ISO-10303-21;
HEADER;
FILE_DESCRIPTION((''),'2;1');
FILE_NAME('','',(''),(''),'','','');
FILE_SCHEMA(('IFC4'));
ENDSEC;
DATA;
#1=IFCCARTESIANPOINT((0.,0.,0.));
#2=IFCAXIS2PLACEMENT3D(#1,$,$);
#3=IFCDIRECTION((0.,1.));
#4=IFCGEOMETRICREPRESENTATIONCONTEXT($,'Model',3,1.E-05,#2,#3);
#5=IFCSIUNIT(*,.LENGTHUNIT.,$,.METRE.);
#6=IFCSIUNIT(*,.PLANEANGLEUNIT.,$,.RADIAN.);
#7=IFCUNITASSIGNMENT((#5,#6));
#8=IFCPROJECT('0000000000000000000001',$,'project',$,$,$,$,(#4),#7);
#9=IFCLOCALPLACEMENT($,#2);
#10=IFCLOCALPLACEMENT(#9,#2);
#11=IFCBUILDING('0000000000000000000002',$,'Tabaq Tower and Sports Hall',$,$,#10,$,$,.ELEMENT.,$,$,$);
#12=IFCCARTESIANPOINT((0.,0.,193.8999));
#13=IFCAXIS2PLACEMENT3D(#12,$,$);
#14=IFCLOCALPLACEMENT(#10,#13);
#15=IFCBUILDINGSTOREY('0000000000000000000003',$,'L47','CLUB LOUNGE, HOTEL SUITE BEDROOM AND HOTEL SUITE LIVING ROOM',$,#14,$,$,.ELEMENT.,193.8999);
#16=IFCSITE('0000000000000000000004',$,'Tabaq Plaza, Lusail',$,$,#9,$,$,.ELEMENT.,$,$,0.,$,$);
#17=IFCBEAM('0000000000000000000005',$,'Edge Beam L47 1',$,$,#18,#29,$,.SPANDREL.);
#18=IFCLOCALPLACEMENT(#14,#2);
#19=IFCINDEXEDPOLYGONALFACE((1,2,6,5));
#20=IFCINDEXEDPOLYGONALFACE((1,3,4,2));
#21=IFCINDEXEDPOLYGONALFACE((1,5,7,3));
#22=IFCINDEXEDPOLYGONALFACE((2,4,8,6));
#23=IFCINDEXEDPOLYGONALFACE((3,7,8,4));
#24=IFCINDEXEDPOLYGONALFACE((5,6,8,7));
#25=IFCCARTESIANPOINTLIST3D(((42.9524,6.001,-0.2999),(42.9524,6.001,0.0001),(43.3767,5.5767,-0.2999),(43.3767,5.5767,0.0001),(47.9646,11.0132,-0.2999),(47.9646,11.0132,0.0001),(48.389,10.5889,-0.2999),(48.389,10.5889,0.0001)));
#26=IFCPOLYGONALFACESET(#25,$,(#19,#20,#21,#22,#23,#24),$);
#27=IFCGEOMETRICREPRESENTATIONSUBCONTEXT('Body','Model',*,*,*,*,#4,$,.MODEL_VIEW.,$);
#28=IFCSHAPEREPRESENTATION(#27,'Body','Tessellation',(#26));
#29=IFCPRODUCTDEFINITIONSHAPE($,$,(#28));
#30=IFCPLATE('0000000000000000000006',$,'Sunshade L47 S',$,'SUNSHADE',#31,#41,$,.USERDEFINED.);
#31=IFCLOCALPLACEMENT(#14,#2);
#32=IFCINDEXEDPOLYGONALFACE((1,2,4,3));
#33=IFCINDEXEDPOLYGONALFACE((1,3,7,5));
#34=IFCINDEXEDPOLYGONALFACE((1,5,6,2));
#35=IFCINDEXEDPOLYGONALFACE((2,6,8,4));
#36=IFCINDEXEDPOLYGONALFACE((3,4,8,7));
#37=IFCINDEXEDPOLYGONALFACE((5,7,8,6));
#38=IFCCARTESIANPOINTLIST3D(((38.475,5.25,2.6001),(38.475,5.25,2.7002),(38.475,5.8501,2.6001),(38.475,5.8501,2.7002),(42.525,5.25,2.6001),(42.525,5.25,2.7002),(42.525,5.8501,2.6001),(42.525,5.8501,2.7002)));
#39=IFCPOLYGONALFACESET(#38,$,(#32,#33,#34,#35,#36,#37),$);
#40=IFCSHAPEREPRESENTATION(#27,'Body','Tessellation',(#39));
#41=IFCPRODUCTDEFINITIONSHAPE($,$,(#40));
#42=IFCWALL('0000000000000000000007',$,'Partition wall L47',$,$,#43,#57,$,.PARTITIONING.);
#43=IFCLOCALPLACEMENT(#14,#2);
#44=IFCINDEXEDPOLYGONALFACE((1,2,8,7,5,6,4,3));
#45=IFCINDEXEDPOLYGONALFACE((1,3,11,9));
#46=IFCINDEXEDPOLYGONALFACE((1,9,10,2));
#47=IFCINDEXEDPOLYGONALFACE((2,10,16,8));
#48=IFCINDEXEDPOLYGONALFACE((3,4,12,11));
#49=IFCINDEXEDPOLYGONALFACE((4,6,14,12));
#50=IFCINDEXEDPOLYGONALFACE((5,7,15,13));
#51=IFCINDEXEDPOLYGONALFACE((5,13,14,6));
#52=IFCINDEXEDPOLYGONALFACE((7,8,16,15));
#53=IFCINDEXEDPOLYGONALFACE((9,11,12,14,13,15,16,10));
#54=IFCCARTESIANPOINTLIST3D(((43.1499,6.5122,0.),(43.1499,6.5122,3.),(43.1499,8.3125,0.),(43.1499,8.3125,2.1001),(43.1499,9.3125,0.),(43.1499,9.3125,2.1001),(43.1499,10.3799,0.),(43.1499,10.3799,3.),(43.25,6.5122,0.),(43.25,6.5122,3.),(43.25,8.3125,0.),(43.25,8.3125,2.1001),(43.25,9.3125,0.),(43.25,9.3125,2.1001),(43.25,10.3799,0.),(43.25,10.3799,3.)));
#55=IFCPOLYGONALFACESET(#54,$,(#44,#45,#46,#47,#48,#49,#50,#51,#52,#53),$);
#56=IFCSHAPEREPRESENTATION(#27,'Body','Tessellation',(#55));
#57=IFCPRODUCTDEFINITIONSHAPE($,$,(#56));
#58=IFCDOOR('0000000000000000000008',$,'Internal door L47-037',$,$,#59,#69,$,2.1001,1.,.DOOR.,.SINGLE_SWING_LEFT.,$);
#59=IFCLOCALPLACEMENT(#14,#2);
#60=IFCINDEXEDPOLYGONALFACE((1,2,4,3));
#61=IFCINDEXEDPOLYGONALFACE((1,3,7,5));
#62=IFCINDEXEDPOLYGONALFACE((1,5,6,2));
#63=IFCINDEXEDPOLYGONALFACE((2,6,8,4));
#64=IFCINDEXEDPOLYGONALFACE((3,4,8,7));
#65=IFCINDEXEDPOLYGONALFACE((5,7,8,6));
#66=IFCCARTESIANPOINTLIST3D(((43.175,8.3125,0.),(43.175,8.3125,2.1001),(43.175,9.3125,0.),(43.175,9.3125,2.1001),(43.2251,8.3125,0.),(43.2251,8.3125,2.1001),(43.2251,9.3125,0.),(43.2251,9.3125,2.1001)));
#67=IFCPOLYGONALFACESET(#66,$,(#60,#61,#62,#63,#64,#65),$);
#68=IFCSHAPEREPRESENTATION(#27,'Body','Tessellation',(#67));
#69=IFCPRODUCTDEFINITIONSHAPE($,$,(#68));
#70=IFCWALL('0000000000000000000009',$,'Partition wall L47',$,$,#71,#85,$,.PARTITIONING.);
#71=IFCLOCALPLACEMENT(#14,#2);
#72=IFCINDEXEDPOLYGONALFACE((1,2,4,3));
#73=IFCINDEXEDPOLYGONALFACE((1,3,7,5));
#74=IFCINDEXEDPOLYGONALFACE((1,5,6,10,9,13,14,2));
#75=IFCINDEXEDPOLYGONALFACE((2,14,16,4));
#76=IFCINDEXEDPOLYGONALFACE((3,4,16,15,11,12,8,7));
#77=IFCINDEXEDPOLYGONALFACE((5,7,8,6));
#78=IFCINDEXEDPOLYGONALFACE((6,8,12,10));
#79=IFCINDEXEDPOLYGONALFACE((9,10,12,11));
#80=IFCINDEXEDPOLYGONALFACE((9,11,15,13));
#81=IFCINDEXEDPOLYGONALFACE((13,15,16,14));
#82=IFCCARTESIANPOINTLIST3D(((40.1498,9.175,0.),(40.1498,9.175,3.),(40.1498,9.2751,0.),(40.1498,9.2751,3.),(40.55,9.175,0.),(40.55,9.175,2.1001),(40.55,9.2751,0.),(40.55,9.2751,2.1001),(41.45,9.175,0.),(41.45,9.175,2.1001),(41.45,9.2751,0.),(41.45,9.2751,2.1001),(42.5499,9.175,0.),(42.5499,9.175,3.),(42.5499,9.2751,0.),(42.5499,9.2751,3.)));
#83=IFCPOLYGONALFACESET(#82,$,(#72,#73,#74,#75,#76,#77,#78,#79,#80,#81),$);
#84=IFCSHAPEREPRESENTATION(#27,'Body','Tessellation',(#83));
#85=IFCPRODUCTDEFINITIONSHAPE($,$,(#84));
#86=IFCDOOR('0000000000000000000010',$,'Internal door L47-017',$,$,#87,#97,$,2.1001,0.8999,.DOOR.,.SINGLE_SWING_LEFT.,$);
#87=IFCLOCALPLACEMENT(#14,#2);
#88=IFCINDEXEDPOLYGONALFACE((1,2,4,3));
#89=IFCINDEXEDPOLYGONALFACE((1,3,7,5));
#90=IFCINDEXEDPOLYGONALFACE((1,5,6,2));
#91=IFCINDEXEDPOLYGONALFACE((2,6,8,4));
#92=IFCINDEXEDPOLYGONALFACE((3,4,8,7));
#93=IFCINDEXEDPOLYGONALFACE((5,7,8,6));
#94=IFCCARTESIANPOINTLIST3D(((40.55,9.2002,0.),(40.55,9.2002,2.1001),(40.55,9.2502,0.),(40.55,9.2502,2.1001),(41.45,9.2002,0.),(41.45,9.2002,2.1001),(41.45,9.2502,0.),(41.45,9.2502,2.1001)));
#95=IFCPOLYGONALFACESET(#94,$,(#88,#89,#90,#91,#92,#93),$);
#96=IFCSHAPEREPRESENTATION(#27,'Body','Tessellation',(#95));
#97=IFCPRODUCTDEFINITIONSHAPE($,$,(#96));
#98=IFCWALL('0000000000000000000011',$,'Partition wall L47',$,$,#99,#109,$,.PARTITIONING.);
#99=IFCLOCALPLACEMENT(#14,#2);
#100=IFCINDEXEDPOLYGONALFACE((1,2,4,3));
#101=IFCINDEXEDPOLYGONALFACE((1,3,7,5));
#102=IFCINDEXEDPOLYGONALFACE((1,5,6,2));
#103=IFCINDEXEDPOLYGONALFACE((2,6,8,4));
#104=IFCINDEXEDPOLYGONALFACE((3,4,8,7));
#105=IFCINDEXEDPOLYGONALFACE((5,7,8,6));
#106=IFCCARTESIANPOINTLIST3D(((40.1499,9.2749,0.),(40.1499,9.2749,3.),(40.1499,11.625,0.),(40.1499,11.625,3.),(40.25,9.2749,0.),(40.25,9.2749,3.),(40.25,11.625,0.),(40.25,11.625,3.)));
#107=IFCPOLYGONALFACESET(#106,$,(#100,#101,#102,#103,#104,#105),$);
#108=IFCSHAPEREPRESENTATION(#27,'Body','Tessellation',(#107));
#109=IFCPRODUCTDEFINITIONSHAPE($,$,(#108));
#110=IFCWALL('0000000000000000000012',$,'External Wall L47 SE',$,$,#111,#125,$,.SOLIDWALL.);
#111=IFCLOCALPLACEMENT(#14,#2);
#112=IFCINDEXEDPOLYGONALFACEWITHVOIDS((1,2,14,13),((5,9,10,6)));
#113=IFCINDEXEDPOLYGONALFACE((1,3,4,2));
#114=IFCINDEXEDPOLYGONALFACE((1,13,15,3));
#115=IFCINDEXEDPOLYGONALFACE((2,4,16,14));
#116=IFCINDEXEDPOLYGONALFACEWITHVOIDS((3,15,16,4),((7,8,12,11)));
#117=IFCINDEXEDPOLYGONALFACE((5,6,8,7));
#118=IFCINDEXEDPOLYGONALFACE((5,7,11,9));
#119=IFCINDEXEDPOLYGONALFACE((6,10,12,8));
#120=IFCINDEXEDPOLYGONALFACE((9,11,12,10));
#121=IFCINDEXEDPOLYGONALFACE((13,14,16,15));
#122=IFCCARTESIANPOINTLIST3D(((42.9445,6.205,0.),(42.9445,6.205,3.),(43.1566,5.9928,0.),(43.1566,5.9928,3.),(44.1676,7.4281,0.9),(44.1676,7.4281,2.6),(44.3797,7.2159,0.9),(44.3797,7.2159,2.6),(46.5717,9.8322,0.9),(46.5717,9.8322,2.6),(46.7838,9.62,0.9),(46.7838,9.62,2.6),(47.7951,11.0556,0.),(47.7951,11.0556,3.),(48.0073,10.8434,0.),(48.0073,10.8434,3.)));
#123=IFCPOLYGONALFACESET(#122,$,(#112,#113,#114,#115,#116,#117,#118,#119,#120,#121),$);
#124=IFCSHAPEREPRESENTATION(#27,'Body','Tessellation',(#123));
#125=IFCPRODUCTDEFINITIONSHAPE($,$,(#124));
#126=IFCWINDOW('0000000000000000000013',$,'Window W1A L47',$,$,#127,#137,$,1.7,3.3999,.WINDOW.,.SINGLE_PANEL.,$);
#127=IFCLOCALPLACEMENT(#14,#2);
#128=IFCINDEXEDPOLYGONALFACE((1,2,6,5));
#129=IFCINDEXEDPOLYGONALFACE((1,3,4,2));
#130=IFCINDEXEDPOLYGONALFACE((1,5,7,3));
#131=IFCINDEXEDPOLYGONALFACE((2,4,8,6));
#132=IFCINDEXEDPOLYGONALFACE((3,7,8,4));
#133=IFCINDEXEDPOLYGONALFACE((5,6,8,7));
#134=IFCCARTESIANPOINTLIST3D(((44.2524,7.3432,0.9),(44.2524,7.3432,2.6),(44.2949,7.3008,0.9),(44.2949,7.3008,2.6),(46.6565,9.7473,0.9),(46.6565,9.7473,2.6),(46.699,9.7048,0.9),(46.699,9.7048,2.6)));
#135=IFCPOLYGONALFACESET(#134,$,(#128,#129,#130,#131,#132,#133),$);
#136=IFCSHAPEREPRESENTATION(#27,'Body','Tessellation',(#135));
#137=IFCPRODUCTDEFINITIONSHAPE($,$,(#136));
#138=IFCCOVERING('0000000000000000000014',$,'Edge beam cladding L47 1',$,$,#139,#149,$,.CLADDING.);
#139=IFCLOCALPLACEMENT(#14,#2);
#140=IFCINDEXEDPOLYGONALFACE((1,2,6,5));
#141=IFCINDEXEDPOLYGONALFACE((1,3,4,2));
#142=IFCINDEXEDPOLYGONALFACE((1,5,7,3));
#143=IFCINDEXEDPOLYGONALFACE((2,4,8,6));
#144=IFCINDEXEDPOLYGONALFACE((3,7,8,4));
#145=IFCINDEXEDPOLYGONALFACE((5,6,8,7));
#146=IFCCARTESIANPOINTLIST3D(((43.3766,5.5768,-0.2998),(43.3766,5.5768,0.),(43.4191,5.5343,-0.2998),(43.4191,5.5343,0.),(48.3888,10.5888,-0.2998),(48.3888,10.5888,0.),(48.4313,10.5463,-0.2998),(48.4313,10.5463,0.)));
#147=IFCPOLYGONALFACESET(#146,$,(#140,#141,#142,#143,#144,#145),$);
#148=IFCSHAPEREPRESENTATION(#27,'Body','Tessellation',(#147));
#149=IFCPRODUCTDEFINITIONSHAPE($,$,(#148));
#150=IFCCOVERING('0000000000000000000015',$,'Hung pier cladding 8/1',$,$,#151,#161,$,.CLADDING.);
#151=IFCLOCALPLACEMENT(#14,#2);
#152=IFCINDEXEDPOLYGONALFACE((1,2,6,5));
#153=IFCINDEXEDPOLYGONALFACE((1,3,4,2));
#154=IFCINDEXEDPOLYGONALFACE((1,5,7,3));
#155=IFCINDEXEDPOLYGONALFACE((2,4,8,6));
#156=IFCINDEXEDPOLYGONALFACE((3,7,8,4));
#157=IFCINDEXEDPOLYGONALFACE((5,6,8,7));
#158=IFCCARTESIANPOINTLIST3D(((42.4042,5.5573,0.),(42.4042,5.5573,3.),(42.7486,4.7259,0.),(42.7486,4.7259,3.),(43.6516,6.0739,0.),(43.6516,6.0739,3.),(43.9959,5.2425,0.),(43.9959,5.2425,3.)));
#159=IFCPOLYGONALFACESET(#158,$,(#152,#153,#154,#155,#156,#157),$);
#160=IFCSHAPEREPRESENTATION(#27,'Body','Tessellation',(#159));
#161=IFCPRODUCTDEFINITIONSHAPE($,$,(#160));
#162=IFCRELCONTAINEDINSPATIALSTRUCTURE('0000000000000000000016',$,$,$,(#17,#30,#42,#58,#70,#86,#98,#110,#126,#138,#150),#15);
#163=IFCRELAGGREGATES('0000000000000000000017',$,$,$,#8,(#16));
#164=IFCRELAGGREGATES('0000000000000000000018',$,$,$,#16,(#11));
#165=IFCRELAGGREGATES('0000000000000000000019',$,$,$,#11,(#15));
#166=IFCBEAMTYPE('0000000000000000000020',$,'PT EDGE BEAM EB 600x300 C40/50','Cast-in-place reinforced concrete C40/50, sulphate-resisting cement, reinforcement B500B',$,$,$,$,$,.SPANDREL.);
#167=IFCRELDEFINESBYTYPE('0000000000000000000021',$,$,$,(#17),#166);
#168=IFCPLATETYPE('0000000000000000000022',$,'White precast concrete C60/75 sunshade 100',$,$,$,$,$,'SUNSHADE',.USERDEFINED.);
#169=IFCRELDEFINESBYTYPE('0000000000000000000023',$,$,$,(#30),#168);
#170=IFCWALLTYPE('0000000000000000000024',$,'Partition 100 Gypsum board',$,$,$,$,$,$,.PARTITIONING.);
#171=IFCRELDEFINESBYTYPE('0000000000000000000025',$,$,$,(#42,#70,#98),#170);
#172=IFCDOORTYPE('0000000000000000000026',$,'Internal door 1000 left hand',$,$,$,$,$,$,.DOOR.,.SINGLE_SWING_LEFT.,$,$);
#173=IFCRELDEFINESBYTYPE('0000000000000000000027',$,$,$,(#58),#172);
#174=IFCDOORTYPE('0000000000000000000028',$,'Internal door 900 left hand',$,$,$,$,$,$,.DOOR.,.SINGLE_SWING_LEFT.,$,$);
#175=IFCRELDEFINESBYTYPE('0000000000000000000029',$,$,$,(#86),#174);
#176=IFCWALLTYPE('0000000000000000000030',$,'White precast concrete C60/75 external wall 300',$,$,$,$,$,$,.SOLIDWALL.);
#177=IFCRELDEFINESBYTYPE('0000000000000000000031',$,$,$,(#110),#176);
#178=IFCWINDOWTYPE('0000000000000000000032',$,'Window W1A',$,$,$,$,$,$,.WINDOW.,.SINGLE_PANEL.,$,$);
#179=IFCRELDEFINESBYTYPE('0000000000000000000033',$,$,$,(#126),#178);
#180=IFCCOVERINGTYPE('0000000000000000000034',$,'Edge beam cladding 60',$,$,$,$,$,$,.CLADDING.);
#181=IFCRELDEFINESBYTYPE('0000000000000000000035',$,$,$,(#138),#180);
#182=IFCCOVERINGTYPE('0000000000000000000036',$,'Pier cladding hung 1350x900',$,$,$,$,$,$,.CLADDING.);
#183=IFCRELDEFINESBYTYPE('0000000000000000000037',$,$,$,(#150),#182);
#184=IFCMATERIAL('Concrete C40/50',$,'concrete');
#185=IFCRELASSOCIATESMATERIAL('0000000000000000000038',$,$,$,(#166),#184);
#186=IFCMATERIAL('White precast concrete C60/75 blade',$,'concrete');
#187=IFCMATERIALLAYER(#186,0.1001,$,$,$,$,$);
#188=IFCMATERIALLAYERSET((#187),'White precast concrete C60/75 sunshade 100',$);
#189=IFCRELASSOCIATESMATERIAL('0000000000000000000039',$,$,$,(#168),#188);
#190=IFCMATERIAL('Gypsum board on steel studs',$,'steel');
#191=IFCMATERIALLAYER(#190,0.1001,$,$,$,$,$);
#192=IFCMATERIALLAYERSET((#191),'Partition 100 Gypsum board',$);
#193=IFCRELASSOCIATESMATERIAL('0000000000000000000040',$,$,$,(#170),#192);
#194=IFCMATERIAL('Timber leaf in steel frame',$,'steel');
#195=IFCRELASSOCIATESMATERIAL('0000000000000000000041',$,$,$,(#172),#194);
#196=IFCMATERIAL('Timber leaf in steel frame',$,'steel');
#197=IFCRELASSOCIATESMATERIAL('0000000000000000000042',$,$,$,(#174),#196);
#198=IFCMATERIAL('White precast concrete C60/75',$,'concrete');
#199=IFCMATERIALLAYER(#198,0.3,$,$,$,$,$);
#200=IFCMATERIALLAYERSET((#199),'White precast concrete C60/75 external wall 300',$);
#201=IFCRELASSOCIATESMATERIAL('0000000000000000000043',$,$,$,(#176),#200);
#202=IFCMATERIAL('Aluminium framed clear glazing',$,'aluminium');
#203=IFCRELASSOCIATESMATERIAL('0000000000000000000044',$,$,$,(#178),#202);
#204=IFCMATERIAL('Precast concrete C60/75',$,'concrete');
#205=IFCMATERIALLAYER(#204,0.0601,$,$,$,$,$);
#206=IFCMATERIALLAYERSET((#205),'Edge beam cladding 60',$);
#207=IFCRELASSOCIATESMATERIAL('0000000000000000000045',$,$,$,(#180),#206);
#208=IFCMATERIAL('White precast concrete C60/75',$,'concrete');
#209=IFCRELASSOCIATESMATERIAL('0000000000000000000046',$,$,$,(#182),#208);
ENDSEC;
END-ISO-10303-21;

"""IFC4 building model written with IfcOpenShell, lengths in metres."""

from ifc_helpers import new_model, si_unit, direction, frame, frame_2d, origin, origin_2d, place, context, subcontext, project, spatial, rectangle, extrude, material, layer, layer_set, material_profile, profile_set, type_object, element, fill, save


model = new_model("IFC4")

# Units and contexts
model_context = context("Model", 3, precision=1e-05, world=origin(), true_north=direction((0.0, 1.0)))
body_context = subcontext(model_context, "Body", "Model", "MODEL_VIEW")
ifc_project = project(units=[si_unit("LENGTHUNIT", "METRE"), si_unit("PLANEANGLEUNIT", "RADIAN")], contexts=[model_context])

# Site, building, storey
site_placement = place(None, origin())
site = spatial("IfcSite", under=ifc_project, at=site_placement, Name="Tabaq Plaza, Lusail", CompositionType="ELEMENT", RefElevation=0.0)
building_placement = place(site_placement, origin())
building = spatial("IfcBuilding", under=site, at=building_placement, Name="Tabaq Tower and Sports Hall", CompositionType="ELEMENT")
storey_placement = place(building_placement, frame((0.0, 0.0, 193.8999)))
storey = spatial("IfcBuildingStorey", under=building, at=storey_placement, Name="L47", Description="CLUB LOUNGE, HOTEL SUITE BEDROOM AND HOTEL SUITE LIVING ROOM", CompositionType="ELEMENT", Elevation=193.8999)

# Beam
ifc_material_1 = material(Name="Concrete C40/50", Category="concrete")
ifc_material_profile = material_profile(ifc_material_1, rectangle(XDim=0.6001, YDim=0.3, at=origin_2d()), Name="EB 600x300")
ifc_profile_set = profile_set([ifc_material_profile], Name="Concrete C40/50")
beam_type = type_object("IfcBeamType", Name="PT EDGE BEAM EB 600x300 C40/50", Description="Cast-in-place reinforced concrete C40/50, sulphate-resisting cement, reinforcement B500B", PredefinedType="SPANDREL", material=ifc_profile_set)
beam_placement = place(storey_placement, frame((43.1646, 5.7888, -0.1499), z_axis=(0.707107, 0.707107, 0.0), x_axis=(-0.707107, 0.707107, 0.0)))
element("IfcBeam", 1, at=beam_placement, inside=storey, type_object=beam_type, Name="Edge Beam L47 1", PredefinedType="SPANDREL", context=body_context, shape_type="SweptSolid", body=[
    extrude(rectangle(XDim=0.6001, YDim=0.3, at=origin_2d()), origin(), (0.0, 0.0, 1.0), 7.0884),
])

# Plate
ifc_material_2 = material(Name="White precast concrete C60/75 blade", Category="concrete")
ifc_layer_1 = layer(ifc_material_2, 0.1001)
ifc_layer_set_1 = layer_set([ifc_layer_1], Name="White precast concrete C60/75 sunshade 100")
plate_type = type_object("IfcPlateType", Name="White precast concrete C60/75 sunshade 100", ElementType="SUNSHADE", PredefinedType="USERDEFINED", material=ifc_layer_set_1)
plate_placement = place(storey_placement, frame((40.5, 5.55, 2.6001), z_axis=(0.0, 0.0, 1.0), x_axis=(1.0, 0.0, 0.0)))
element("IfcPlate", 2, at=plate_placement, inside=storey, type_object=plate_type, Name="Sunshade L47 S", ObjectType="SUNSHADE", PredefinedType="USERDEFINED", context=body_context, shape_type="SweptSolid", body=[
    extrude(rectangle(XDim=4.05, YDim=0.6001, at=origin_2d()), origin(), (0.0, 0.0, 1.0), 0.1001),
])

# Walls, openings, doors
ifc_material_3 = material(Name="Gypsum board on steel studs", Category="steel")
ifc_layer_2 = layer(ifc_material_3, 0.1001)
ifc_layer_set_2 = layer_set([ifc_layer_2], Name="Partition 100 Gypsum board")
wall_type_1 = type_object("IfcWallType", Name="Partition 100 Gypsum board", PredefinedType="PARTITIONING", material=ifc_layer_set_2)
wall_1_placement = place(storey_placement, frame((43.2, 6.5122, 0.0), z_axis=(0.0, 0.0, 1.0), x_axis=(0.0, 1.0, 0.0)))
wall_1 = element("IfcWall", 3, at=wall_1_placement, inside=storey, type_object=wall_type_1, Name="Partition wall L47", PredefinedType="PARTITIONING", context=body_context, shape_type="SweptSolid", body=[
    extrude(rectangle(XDim=3.8677, YDim=0.1001, at=frame_2d((1.9338, 0.0))), origin(), (0.0, 0.0, 1.0), 3.0),
])
opening_1_placement = place(wall_1_placement, frame((1.8003, 0.0, 0.0)))
opening_1 = element("IfcOpeningElement", 4, at=opening_1_placement, cuts=wall_1, PredefinedType="OPENING", context=body_context, shape_type="SweptSolid", body=[
    extrude(rectangle(XDim=1.0, YDim=2.1001, at=frame_2d((0.5, 1.05))), frame((0.0, 0.05, 0.0), z_axis=(0.0, -1.0, 0.0), x_axis=(1.0, 0.0, 0.0)), (0.0, 0.0, 1.0), 0.1001),
])
ifc_material_4 = material(Name="Timber leaf in steel frame", Category="steel")
door_type_1 = type_object("IfcDoorType", Name="Internal door 1000 left hand", OperationType="SINGLE_SWING_LEFT", PredefinedType="DOOR", material=ifc_material_4)
door_1_placement = place(opening_1_placement, origin())
door_1 = element("IfcDoor", 5, at=door_1_placement, inside=storey, type_object=door_type_1, Name="Internal door L47-037", OperationType="SINGLE_SWING_LEFT", OverallHeight=2.1001, OverallWidth=1.0, PredefinedType="DOOR", context=body_context, shape_type="SweptSolid", body=[
    extrude(rectangle(XDim=1.0, YDim=2.1001, at=frame_2d((0.5, 1.05))), frame((0.0, 0.0249, 0.0), z_axis=(0.0, -1.0, 0.0), x_axis=(1.0, 0.0, 0.0)), (0.0, 0.0, 1.0), 0.05),
])
fill(opening_1, door_1)
wall_2_placement = place(storey_placement, frame((42.55, 9.2251, 0.0), z_axis=(0.0, 0.0, 1.0), x_axis=(-1.0, 0.0, 0.0)))
wall_2 = element("IfcWall", 6, at=wall_2_placement, inside=storey, type_object=wall_type_1, Name="Partition wall L47", PredefinedType="PARTITIONING", context=body_context, shape_type="SweptSolid", body=[
    extrude(rectangle(XDim=2.4001, YDim=0.1001, at=frame_2d((1.2002, 0.0))), origin(), (0.0, 0.0, 1.0), 3.0),
])
opening_2_placement = place(wall_2_placement, frame((1.1001, 0.0, 0.0)))
opening_2 = element("IfcOpeningElement", 7, at=opening_2_placement, cuts=wall_2, PredefinedType="OPENING", context=body_context, shape_type="SweptSolid", body=[
    extrude(rectangle(XDim=0.8999, YDim=2.1001, at=frame_2d((0.45, 1.05))), frame((0.0, 0.05, 0.0), z_axis=(0.0, -1.0, 0.0), x_axis=(1.0, 0.0, 0.0)), (0.0, 0.0, 1.0), 0.1001),
])
ifc_material_5 = material(Name="Timber leaf in steel frame", Category="steel")
door_type_2 = type_object("IfcDoorType", Name="Internal door 900 left hand", OperationType="SINGLE_SWING_LEFT", PredefinedType="DOOR", material=ifc_material_5)
door_2_placement = place(opening_2_placement, origin())
door_2 = element("IfcDoor", 8, at=door_2_placement, inside=storey, type_object=door_type_2, Name="Internal door L47-017", OperationType="SINGLE_SWING_LEFT", OverallHeight=2.1001, OverallWidth=0.8999, PredefinedType="DOOR", context=body_context, shape_type="SweptSolid", body=[
    extrude(rectangle(XDim=0.8999, YDim=2.1001, at=frame_2d((0.45, 1.05))), frame((0.0, 0.0249, 0.0), z_axis=(0.0, -1.0, 0.0), x_axis=(1.0, 0.0, 0.0)), (0.0, 0.0, 1.0), 0.05),
])
fill(opening_2, door_2)

# Wall
wall_3_placement = place(storey_placement, frame((40.2, 9.2749, 0.0), z_axis=(0.0, 0.0, 1.0), x_axis=(0.0, 1.0, 0.0)))
element("IfcWall", 9, at=wall_3_placement, inside=storey, type_object=wall_type_1, Name="Partition wall L47", PredefinedType="PARTITIONING", context=body_context, shape_type="SweptSolid", body=[
    extrude(rectangle(XDim=2.3501, YDim=0.1001, at=frame_2d((1.175, 0.0))), origin(), (0.0, 0.0, 1.0), 3.0),
])

# Wall, opening, window
ifc_material_6 = material(Name="White precast concrete C60/75", Category="concrete")
ifc_layer_3 = layer(ifc_material_6, 0.3)
ifc_layer_set_3 = layer_set([ifc_layer_3], Name="White precast concrete C60/75 external wall 300")
wall_type_2 = type_object("IfcWallType", Name="White precast concrete C60/75 external wall 300", PredefinedType="SOLIDWALL", material=ifc_layer_set_3)
wall_4_placement = place(storey_placement, frame((43.0505, 6.0989, 0.0), z_axis=(0.0, 0.0, 1.0), x_axis=(0.707107, 0.707107, 0.0)))
wall_4 = element("IfcWall", 10, at=wall_4_placement, inside=storey, type_object=wall_type_2, Name="External Wall L47 SE", PredefinedType="SOLIDWALL", context=body_context, shape_type="SweptSolid", body=[
    extrude(rectangle(XDim=6.8599, YDim=0.3, at=frame_2d((3.4299, 0.0))), origin(), (0.0, 0.0, 1.0), 3.0),
])
opening_3_placement = place(wall_4_placement, frame((1.7297, 0.0, 0.8999)))
opening_3 = element("IfcOpeningElement", 11, at=opening_3_placement, cuts=wall_4, PredefinedType="OPENING", context=body_context, shape_type="SweptSolid", body=[
    extrude(rectangle(XDim=3.3999, YDim=1.7, at=frame_2d((1.7, 0.8501))), frame((0.0, 0.1602, 0.0), z_axis=(0.0, -1.0, 0.0), x_axis=(1.0, 0.0, 0.0)), (0.0, 0.0, 1.0), 0.3201),
])
ifc_material_7 = material(Name="Aluminium framed clear glazing", Category="aluminium")
window_type = type_object("IfcWindowType", Name="Window W1A", PartitioningType="SINGLE_PANEL", PredefinedType="WINDOW", material=ifc_material_7)
window_placement = place(opening_3_placement, origin())
window = element("IfcWindow", 12, at=window_placement, inside=storey, type_object=window_type, Name="Window W1A L47", OverallHeight=1.7, OverallWidth=3.3999, PartitioningType="SINGLE_PANEL", PredefinedType="WINDOW", context=body_context, shape_type="SweptSolid", body=[
    extrude(rectangle(XDim=3.3999, YDim=1.7, at=frame_2d((1.7, 0.8501))), frame((0.0, 0.03, 0.0), z_axis=(0.0, -1.0, 0.0), x_axis=(1.0, 0.0, 0.0)), (0.0, 0.0, 1.0), 0.0601),
])
fill(opening_3, window)

# Coverings
ifc_material_8 = material(Name="Precast concrete C60/75", Category="concrete")
ifc_layer_4 = layer(ifc_material_8, 0.0601)
ifc_layer_set_4 = layer_set([ifc_layer_4], Name="Edge beam cladding 60")
covering_type_1 = type_object("IfcCoveringType", Name="Edge beam cladding 60", PredefinedType="CLADDING", material=ifc_layer_set_4)
covering_1_placement = place(storey_placement, frame((43.3979, 5.5557, -0.2998), z_axis=(0.0, 0.0, 1.0), x_axis=(0.707124, 0.70709, 0.0)))
element("IfcCovering", 13, at=covering_1_placement, inside=storey, type_object=covering_type_1, Name="Edge beam cladding L47 1", PredefinedType="CLADDING", context=body_context, shape_type="SweptSolid", body=[
    extrude(rectangle(XDim=7.0881, YDim=0.0601, at=frame_2d((3.5439, 0.0))), origin(), (0.0, 0.0, 1.0), 0.2998),
])
ifc_material_9 = material(Name="White precast concrete C60/75", Category="concrete")
covering_type_2 = type_object("IfcCoveringType", Name="Pier cladding hung 1350x900", PredefinedType="CLADDING", material=ifc_material_9)
covering_2_placement = place(storey_placement, frame((42.5764, 5.1416, 0.0), z_axis=(0.0, 0.0, 1.0), x_axis=(0.923893, 0.38265, 0.0)))
element("IfcCovering", 14, at=covering_2_placement, inside=storey, type_object=covering_type_2, Name="Hung pier cladding 8/1", PredefinedType="CLADDING", context=body_context, shape_type="SweptSolid", body=[
    extrude(rectangle(XDim=1.3501, YDim=0.8999, at=frame_2d((0.675, 0.0))), origin(), (0.0, 0.0, 1.0), 3.0),
])

save(model, "model.ifc")
